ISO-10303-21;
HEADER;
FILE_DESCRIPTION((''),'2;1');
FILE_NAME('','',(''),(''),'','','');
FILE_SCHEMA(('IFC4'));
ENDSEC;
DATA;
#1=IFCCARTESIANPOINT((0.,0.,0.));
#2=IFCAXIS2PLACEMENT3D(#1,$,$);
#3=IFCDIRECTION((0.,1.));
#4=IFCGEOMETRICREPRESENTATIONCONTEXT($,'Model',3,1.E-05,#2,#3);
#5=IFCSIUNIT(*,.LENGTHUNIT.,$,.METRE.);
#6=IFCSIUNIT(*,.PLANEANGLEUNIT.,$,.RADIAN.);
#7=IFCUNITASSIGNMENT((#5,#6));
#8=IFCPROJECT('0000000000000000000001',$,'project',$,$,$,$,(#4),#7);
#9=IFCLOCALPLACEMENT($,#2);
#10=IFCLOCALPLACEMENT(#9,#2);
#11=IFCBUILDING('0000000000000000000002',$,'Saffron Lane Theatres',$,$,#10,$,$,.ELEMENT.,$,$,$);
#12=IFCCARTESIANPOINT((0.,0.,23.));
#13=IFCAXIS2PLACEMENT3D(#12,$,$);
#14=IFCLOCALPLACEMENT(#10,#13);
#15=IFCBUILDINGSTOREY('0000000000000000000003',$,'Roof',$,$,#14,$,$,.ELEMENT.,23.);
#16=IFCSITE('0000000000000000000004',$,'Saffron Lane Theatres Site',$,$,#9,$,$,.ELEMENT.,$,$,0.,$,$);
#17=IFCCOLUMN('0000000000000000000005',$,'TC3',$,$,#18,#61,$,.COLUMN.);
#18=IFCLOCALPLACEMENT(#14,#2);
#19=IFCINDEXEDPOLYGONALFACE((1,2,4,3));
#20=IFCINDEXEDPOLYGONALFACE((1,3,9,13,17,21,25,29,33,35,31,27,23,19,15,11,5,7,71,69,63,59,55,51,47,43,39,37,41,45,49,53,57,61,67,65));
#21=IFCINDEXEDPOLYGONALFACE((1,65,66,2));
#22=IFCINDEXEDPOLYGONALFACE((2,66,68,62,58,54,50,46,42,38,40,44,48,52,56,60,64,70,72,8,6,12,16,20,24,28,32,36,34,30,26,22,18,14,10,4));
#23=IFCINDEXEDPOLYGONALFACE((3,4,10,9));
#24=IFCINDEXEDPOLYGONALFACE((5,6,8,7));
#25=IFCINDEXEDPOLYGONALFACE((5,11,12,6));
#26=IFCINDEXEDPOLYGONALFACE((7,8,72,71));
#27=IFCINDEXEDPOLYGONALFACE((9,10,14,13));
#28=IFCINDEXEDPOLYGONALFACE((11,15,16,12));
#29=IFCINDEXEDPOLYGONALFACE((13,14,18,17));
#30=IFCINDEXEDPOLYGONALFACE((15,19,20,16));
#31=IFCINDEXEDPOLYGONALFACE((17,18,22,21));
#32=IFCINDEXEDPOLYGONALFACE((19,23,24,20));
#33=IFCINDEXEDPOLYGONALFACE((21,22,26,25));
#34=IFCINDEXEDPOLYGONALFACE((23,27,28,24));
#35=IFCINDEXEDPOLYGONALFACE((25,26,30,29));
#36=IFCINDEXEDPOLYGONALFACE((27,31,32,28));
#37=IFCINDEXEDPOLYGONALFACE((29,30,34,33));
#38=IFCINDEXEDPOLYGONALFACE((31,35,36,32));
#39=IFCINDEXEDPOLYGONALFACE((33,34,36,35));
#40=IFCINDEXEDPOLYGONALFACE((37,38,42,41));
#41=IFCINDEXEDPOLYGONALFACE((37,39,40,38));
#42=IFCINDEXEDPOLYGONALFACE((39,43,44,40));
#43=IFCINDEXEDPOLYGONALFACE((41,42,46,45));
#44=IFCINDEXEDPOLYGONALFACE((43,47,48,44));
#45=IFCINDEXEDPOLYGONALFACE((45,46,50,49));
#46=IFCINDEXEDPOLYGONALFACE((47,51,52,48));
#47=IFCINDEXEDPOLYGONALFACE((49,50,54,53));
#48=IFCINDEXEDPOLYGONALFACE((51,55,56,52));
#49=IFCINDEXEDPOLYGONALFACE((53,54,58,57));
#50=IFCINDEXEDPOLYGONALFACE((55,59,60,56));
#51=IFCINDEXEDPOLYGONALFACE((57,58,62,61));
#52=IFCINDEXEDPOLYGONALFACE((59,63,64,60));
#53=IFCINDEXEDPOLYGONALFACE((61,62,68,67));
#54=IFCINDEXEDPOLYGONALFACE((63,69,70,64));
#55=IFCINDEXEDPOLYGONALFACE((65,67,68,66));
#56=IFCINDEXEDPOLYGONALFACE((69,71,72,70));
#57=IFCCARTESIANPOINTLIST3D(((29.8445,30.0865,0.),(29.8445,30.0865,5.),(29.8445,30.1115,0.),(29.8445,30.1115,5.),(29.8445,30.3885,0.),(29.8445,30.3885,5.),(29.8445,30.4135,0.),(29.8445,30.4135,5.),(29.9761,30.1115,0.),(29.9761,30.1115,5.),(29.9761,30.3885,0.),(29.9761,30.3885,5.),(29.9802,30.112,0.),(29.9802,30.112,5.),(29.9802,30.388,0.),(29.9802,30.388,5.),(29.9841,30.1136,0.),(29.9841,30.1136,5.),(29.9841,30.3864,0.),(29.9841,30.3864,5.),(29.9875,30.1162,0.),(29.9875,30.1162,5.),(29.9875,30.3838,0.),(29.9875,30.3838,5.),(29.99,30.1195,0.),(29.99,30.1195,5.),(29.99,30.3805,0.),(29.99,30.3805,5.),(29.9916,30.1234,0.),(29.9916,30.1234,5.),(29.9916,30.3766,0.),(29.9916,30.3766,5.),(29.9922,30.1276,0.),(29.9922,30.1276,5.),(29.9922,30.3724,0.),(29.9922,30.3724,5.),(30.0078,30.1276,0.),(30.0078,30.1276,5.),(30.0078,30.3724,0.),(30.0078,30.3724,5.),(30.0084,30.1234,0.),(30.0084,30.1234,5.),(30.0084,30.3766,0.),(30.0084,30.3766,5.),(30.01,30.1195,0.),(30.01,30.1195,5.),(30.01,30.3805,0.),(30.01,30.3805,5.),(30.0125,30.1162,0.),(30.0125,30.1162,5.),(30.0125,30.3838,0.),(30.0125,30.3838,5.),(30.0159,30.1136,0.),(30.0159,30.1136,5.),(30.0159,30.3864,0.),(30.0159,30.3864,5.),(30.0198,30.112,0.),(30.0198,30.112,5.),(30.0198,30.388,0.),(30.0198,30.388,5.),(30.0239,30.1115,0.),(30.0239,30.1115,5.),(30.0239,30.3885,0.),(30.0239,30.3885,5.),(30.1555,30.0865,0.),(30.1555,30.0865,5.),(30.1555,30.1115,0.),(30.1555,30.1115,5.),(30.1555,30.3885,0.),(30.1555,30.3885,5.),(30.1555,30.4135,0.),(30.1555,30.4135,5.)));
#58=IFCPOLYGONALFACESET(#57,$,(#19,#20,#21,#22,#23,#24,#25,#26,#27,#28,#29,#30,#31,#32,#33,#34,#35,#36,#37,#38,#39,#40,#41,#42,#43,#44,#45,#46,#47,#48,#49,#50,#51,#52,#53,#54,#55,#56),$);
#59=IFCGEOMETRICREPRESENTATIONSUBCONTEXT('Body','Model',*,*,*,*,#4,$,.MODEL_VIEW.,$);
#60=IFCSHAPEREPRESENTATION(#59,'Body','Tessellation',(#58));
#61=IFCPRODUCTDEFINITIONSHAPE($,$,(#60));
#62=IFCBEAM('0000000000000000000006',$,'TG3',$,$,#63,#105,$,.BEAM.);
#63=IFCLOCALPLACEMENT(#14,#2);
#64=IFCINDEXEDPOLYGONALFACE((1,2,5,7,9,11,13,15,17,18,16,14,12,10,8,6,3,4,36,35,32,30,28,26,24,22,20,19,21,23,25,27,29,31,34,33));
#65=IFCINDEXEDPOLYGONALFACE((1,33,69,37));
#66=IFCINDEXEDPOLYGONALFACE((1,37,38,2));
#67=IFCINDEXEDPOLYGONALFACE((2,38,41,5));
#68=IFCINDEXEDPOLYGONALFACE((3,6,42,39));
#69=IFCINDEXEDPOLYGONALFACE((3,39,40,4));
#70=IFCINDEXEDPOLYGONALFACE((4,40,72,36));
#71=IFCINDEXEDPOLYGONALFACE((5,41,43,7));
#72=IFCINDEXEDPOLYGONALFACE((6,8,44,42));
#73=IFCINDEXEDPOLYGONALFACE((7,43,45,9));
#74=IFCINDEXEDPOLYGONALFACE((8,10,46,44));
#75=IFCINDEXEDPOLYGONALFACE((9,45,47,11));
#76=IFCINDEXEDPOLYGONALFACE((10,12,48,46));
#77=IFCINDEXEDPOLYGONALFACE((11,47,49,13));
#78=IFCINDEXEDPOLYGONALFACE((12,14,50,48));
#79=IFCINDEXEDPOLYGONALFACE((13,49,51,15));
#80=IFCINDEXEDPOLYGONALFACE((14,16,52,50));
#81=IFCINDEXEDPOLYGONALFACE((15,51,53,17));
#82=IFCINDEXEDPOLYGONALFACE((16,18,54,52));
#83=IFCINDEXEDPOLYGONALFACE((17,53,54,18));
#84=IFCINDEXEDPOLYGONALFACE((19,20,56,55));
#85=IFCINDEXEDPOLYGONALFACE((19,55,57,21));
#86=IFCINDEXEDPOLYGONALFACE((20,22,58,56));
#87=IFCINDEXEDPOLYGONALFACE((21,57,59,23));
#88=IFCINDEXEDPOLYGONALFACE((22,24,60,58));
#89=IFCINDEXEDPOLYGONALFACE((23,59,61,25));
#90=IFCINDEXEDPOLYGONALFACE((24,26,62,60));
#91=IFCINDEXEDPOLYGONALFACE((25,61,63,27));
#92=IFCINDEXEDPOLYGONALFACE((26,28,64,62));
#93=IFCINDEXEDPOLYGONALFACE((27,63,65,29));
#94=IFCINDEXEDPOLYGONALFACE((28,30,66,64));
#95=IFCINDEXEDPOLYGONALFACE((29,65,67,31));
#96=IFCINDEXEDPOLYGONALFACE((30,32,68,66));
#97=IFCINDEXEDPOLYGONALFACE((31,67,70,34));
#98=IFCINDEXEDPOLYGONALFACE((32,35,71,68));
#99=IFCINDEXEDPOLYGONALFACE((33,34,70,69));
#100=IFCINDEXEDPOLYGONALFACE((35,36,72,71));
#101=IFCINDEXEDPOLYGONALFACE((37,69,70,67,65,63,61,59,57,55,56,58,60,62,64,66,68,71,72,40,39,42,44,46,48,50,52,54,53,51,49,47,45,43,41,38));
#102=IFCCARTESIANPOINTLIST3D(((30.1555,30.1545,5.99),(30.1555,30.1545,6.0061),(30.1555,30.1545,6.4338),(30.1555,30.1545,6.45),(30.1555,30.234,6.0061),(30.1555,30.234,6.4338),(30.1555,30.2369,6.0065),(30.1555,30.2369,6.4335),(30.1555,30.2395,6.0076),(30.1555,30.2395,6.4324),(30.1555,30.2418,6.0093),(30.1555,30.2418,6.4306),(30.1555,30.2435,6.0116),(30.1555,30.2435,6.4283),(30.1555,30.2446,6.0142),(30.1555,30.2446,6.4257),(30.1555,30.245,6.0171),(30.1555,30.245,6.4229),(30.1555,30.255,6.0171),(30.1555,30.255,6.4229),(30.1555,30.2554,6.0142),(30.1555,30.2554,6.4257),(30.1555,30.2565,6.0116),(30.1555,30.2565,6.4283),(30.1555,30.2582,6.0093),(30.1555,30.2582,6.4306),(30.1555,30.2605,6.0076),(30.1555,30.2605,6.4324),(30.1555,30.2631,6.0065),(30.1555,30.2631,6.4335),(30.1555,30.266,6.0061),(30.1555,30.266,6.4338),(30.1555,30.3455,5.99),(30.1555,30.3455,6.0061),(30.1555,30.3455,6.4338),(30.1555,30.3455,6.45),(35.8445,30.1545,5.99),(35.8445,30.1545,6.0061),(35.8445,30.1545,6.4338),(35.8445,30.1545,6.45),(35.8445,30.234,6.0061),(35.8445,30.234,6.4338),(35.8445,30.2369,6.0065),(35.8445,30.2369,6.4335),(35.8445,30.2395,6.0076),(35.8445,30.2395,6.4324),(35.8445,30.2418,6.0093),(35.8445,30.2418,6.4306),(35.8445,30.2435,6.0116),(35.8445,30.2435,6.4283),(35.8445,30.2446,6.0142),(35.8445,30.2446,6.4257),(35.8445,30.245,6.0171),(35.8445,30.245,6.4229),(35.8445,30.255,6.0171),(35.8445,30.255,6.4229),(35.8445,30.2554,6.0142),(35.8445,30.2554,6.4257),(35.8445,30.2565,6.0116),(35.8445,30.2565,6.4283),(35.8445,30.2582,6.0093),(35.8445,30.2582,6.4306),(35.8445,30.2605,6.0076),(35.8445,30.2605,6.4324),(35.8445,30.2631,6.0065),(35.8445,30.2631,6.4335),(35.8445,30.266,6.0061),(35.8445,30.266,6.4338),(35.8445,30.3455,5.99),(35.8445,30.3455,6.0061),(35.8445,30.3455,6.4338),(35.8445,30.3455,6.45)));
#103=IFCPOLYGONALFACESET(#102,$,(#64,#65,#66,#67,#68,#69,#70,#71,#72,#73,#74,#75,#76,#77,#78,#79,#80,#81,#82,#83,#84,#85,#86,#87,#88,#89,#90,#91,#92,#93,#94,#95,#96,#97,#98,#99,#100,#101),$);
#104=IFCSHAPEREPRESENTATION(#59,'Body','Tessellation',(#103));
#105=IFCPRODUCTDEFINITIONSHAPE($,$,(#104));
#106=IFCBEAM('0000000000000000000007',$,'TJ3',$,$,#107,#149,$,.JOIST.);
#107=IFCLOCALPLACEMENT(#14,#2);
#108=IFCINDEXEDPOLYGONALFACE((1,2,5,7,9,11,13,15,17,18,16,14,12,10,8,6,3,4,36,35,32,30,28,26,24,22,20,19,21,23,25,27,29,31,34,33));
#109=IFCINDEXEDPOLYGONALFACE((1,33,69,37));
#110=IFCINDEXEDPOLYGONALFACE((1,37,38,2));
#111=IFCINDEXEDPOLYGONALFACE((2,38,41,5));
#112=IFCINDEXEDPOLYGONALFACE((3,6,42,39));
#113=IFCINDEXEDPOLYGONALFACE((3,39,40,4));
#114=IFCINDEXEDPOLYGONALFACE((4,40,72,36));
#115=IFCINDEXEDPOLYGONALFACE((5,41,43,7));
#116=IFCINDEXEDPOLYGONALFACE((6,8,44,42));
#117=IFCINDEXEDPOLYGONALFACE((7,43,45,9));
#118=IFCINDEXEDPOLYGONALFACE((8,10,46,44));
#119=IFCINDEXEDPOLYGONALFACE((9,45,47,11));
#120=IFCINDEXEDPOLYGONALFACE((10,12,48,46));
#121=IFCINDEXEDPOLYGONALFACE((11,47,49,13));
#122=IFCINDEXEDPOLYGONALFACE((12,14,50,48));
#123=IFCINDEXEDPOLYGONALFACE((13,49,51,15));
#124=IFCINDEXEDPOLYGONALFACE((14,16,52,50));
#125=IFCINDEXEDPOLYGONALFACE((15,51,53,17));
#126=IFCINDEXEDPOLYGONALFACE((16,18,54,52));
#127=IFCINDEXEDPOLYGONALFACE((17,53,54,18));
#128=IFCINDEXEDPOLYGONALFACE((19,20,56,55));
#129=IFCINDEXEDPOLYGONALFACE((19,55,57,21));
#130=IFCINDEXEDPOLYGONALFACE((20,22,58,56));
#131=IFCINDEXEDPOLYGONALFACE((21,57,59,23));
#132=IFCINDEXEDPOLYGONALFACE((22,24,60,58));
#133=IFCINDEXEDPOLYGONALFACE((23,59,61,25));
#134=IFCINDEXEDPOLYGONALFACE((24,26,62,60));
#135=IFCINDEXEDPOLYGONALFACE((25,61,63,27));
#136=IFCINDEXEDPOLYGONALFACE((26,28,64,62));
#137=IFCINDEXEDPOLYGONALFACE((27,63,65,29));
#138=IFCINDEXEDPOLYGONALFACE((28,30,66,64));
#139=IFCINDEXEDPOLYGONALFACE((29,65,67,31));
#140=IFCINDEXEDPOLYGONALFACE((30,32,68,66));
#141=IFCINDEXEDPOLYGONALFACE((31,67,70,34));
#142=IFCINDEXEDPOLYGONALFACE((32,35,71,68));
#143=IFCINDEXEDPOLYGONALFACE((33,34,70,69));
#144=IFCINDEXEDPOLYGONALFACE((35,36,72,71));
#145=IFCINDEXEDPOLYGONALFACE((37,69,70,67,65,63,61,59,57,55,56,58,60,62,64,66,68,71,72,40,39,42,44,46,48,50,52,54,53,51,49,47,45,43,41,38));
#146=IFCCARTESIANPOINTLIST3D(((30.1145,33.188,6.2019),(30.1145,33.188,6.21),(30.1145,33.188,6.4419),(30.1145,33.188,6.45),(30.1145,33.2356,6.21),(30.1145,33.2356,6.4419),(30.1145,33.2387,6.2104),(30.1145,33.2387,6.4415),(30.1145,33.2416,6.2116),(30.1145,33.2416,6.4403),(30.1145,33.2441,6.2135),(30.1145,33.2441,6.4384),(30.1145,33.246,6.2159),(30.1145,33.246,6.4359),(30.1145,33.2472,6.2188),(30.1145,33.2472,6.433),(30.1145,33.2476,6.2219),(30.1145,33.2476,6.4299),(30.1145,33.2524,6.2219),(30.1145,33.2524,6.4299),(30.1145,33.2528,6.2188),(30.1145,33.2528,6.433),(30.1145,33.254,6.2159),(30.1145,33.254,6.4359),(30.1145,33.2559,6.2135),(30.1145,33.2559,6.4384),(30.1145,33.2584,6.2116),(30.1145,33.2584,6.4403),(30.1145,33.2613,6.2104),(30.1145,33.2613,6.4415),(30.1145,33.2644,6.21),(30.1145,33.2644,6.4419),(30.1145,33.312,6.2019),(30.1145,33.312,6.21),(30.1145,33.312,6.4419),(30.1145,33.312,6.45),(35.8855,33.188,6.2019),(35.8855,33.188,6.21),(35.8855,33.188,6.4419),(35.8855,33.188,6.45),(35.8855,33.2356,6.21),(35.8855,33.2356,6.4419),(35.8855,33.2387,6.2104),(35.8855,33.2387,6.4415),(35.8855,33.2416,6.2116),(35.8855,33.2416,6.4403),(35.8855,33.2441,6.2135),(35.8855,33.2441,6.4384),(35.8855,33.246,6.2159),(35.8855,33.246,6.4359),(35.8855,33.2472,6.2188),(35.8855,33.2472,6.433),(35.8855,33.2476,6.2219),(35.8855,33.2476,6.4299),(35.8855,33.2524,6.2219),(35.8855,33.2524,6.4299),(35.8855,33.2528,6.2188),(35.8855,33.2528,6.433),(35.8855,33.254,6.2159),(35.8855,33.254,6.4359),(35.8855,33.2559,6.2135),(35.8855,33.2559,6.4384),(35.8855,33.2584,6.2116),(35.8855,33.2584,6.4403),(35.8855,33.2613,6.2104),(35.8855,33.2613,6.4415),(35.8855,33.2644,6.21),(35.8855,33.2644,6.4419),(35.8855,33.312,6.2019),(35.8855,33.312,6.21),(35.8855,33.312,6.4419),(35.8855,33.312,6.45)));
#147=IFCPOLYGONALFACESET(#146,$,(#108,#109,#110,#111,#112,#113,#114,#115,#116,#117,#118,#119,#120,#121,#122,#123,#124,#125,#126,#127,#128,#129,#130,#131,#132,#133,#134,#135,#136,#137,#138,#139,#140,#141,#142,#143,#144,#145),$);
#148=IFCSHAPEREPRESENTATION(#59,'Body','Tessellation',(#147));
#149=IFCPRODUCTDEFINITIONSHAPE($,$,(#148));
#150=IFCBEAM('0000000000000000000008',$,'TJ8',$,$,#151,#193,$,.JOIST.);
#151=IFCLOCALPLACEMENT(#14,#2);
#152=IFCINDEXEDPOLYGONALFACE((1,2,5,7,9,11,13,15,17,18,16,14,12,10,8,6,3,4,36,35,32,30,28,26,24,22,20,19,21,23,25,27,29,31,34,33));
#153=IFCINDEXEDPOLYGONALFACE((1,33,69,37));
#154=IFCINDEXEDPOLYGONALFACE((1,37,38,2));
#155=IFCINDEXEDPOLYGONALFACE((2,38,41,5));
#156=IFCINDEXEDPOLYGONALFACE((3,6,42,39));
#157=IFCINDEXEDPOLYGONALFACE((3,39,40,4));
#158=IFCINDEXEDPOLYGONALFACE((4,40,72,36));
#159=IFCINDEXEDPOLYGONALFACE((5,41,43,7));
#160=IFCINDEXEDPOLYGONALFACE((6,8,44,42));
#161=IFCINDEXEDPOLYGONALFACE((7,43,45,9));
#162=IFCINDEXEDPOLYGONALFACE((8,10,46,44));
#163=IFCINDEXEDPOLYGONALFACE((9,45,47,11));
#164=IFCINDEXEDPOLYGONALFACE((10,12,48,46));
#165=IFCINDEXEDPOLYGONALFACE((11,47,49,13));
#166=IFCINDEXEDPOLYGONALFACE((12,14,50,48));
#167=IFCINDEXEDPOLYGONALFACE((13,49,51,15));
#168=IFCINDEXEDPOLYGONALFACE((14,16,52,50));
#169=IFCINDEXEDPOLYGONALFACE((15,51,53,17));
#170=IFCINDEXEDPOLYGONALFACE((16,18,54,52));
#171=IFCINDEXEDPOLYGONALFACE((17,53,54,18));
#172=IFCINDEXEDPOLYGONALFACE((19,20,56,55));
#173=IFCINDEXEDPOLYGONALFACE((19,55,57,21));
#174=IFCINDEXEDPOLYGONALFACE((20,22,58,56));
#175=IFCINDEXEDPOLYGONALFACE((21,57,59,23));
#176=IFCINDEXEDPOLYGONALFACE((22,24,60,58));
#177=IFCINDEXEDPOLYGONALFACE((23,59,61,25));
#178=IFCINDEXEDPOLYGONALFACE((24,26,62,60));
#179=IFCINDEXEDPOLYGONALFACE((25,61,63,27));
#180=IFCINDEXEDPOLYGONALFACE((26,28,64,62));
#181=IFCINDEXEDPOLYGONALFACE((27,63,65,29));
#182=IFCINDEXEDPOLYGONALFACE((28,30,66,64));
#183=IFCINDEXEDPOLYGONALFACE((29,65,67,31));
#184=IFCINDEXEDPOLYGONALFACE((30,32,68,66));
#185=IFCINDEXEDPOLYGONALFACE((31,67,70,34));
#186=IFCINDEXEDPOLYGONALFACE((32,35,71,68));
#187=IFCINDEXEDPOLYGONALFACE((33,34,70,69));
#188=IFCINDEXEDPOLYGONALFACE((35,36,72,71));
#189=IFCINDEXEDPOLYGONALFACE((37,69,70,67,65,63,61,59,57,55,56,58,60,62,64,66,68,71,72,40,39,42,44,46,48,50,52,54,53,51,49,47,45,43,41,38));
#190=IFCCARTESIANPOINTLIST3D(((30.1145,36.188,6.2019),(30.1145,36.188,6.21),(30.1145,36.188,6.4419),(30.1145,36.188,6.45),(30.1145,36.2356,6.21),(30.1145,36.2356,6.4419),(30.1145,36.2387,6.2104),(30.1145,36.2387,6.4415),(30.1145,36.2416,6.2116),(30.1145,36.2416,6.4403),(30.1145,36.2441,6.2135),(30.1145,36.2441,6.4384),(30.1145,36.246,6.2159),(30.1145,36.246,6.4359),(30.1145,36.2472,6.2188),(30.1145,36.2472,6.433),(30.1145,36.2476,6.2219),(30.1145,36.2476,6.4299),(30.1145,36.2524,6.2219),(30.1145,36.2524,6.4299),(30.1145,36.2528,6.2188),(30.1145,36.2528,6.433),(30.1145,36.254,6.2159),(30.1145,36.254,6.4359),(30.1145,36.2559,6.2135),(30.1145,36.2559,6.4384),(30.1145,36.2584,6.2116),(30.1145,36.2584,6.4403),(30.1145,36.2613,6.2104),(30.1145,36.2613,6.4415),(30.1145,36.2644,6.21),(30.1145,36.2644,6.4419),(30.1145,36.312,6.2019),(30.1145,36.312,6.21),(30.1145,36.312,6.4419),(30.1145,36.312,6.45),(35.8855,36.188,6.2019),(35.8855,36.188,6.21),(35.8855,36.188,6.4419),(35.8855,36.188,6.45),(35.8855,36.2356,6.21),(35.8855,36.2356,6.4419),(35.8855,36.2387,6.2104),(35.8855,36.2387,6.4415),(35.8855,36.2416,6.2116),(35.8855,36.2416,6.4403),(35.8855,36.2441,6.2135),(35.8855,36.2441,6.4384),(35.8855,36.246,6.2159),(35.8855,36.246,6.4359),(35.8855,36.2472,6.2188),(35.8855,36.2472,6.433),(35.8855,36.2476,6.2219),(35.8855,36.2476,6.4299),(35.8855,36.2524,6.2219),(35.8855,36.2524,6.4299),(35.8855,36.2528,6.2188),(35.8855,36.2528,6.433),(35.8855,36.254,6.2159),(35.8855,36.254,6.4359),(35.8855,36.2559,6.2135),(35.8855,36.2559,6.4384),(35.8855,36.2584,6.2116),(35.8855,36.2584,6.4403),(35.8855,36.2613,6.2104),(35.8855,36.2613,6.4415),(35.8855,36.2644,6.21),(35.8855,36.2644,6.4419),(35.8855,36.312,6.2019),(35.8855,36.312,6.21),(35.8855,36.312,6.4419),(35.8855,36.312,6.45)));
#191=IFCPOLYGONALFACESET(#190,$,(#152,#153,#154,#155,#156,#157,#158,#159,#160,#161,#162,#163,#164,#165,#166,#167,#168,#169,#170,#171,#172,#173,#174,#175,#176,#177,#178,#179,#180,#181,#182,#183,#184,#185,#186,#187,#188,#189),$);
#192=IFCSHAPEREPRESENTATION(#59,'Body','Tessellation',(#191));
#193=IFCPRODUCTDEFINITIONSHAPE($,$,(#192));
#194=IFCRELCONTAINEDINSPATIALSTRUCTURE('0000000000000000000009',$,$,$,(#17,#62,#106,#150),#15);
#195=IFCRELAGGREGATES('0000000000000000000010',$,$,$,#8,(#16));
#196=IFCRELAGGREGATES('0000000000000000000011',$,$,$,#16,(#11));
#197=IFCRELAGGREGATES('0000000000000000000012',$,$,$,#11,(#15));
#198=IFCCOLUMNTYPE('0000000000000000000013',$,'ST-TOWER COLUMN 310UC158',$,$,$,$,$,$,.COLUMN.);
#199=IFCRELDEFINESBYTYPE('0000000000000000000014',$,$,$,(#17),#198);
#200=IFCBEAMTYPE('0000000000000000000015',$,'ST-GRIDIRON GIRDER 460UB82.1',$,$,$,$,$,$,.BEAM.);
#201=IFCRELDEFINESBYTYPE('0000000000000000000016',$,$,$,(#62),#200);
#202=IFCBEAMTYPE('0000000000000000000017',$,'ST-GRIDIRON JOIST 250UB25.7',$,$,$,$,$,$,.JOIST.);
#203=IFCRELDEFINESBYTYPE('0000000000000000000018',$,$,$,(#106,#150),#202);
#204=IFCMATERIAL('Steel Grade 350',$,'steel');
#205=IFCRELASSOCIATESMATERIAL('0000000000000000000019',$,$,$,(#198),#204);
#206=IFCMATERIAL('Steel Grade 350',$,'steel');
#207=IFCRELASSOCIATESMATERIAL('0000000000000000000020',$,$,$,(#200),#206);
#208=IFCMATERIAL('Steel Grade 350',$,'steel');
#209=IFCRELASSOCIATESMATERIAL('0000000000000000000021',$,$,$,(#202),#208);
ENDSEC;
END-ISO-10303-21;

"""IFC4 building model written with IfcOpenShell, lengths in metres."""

from ifc_helpers import new_model, si_unit, direction, frame, origin, origin_2d, place, context, subcontext, project, spatial, i_section, extrude, material, material_profile, profile_set, type_object, element, save


model = new_model("IFC4")

# Units and contexts
model_context = context("Model", 3, precision=1e-05, world=origin(), true_north=direction((0.0, 1.0)))
body_context = subcontext(model_context, "Body", "Model", "MODEL_VIEW")
ifc_project = project(units=[si_unit("LENGTHUNIT", "METRE"), si_unit("PLANEANGLEUNIT", "RADIAN")], contexts=[model_context])

# Site, building, storey
site_placement = place(None, origin())
site = spatial("IfcSite", under=ifc_project, at=site_placement, Name="Saffron Lane Theatres Site", CompositionType="ELEMENT", RefElevation=0.0)
building_placement = place(site_placement, origin())
building = spatial("IfcBuilding", under=site, at=building_placement, Name="Saffron Lane Theatres", CompositionType="ELEMENT")
storey_placement = place(building_placement, frame((0.0, 0.0, 23.0)))
storey = spatial("IfcBuildingStorey", under=building, at=storey_placement, Name="Roof", CompositionType="ELEMENT", Elevation=23.0)

# Column
ifc_material_1 = material(Name="Steel Grade 350", Category="steel")
ifc_material_profile_1 = material_profile(ifc_material_1, i_section(OverallWidth=0.311, OverallDepth=0.3269, WebThickness=0.0156, FlangeThickness=0.0249, FilletRadius=0.0161, at=origin_2d()))
ifc_profile_set_1 = profile_set([ifc_material_profile_1], Name="Steel Grade 350")
column_type = type_object("IfcColumnType", Name="ST-TOWER COLUMN 310UC158", PredefinedType="COLUMN", material=ifc_profile_set_1)
column_placement = place(storey_placement, frame((30.0, 30.25, 0.0), z_axis=(0.0, 0.0, 1.0), x_axis=(1.0, 0.0, 0.0)))
element("IfcColumn", 1, at=column_placement, inside=storey, type_object=column_type, Name="TC3", PredefinedType="COLUMN", context=body_context, shape_type="SweptSolid", body=[
    extrude(i_section(OverallWidth=0.311, OverallDepth=0.3269, WebThickness=0.0156, FlangeThickness=0.0249, FilletRadius=0.0161, at=origin_2d()), origin(), (0.0, 0.0, 1.0), 5.0),
])

# Beams
ifc_material_2 = material(Name="Steel Grade 350", Category="steel")
ifc_material_profile_2 = material_profile(ifc_material_2, i_section(OverallWidth=0.1909, OverallDepth=0.46, WebThickness=0.01, FlangeThickness=0.0161, FilletRadius=0.011, at=origin_2d()))
ifc_profile_set_2 = profile_set([ifc_material_profile_2], Name="Steel Grade 350")
beam_type_1 = type_object("IfcBeamType", Name="ST-GRIDIRON GIRDER 460UB82.1", PredefinedType="BEAM", material=ifc_profile_set_2)
beam_1_placement = place(storey_placement, frame((30.1555, 30.25, 6.22), z_axis=(1.0, 0.0, 0.0), x_axis=(0.0, 1.0, 0.0)))
element("IfcBeam", 2, at=beam_1_placement, inside=storey, type_object=beam_type_1, Name="TG3", PredefinedType="BEAM", context=body_context, shape_type="SweptSolid", body=[
    extrude(i_section(OverallWidth=0.1909, OverallDepth=0.46, WebThickness=0.01, FlangeThickness=0.0161, FilletRadius=0.011, at=origin_2d()), origin(), (0.0, 0.0, 1.0), 5.689),
])
ifc_material_3 = material(Name="Steel Grade 350", Category="steel")
ifc_material_profile_3 = material_profile(ifc_material_3, i_section(OverallWidth=0.124, OverallDepth=0.248, WebThickness=0.0049, FlangeThickness=0.0081, FilletRadius=0.012, at=origin_2d()))
ifc_profile_set_3 = profile_set([ifc_material_profile_3], Name="Steel Grade 350")
beam_type_2 = type_object("IfcBeamType", Name="ST-GRIDIRON JOIST 250UB25.7", PredefinedType="JOIST", material=ifc_profile_set_3)
for number, where, z_axis, x_axis, name in (
    (3, (30.1145, 33.25, 6.3259), (1.0, 0.0, 0.0), (0.0, 1.0, 0.0), "TJ3"),
    (4, (30.1145, 36.25, 6.3259), (1.0, 0.0, 0.0), (0.0, 1.0, 0.0), "TJ8"),
):
    element("IfcBeam", number, at=place(storey_placement, frame(where, z_axis=z_axis, x_axis=x_axis)), inside=storey, type_object=beam_type_2, Name=name, PredefinedType="JOIST", context=body_context, shape_type="SweptSolid", body=[
        extrude(i_section(OverallWidth=0.124, OverallDepth=0.248, WebThickness=0.0049, FlangeThickness=0.0081, FilletRadius=0.012, at=origin_2d()), origin(), (0.0, 0.0, 1.0), 5.771),
    ])

save(model, "model.ifc")
